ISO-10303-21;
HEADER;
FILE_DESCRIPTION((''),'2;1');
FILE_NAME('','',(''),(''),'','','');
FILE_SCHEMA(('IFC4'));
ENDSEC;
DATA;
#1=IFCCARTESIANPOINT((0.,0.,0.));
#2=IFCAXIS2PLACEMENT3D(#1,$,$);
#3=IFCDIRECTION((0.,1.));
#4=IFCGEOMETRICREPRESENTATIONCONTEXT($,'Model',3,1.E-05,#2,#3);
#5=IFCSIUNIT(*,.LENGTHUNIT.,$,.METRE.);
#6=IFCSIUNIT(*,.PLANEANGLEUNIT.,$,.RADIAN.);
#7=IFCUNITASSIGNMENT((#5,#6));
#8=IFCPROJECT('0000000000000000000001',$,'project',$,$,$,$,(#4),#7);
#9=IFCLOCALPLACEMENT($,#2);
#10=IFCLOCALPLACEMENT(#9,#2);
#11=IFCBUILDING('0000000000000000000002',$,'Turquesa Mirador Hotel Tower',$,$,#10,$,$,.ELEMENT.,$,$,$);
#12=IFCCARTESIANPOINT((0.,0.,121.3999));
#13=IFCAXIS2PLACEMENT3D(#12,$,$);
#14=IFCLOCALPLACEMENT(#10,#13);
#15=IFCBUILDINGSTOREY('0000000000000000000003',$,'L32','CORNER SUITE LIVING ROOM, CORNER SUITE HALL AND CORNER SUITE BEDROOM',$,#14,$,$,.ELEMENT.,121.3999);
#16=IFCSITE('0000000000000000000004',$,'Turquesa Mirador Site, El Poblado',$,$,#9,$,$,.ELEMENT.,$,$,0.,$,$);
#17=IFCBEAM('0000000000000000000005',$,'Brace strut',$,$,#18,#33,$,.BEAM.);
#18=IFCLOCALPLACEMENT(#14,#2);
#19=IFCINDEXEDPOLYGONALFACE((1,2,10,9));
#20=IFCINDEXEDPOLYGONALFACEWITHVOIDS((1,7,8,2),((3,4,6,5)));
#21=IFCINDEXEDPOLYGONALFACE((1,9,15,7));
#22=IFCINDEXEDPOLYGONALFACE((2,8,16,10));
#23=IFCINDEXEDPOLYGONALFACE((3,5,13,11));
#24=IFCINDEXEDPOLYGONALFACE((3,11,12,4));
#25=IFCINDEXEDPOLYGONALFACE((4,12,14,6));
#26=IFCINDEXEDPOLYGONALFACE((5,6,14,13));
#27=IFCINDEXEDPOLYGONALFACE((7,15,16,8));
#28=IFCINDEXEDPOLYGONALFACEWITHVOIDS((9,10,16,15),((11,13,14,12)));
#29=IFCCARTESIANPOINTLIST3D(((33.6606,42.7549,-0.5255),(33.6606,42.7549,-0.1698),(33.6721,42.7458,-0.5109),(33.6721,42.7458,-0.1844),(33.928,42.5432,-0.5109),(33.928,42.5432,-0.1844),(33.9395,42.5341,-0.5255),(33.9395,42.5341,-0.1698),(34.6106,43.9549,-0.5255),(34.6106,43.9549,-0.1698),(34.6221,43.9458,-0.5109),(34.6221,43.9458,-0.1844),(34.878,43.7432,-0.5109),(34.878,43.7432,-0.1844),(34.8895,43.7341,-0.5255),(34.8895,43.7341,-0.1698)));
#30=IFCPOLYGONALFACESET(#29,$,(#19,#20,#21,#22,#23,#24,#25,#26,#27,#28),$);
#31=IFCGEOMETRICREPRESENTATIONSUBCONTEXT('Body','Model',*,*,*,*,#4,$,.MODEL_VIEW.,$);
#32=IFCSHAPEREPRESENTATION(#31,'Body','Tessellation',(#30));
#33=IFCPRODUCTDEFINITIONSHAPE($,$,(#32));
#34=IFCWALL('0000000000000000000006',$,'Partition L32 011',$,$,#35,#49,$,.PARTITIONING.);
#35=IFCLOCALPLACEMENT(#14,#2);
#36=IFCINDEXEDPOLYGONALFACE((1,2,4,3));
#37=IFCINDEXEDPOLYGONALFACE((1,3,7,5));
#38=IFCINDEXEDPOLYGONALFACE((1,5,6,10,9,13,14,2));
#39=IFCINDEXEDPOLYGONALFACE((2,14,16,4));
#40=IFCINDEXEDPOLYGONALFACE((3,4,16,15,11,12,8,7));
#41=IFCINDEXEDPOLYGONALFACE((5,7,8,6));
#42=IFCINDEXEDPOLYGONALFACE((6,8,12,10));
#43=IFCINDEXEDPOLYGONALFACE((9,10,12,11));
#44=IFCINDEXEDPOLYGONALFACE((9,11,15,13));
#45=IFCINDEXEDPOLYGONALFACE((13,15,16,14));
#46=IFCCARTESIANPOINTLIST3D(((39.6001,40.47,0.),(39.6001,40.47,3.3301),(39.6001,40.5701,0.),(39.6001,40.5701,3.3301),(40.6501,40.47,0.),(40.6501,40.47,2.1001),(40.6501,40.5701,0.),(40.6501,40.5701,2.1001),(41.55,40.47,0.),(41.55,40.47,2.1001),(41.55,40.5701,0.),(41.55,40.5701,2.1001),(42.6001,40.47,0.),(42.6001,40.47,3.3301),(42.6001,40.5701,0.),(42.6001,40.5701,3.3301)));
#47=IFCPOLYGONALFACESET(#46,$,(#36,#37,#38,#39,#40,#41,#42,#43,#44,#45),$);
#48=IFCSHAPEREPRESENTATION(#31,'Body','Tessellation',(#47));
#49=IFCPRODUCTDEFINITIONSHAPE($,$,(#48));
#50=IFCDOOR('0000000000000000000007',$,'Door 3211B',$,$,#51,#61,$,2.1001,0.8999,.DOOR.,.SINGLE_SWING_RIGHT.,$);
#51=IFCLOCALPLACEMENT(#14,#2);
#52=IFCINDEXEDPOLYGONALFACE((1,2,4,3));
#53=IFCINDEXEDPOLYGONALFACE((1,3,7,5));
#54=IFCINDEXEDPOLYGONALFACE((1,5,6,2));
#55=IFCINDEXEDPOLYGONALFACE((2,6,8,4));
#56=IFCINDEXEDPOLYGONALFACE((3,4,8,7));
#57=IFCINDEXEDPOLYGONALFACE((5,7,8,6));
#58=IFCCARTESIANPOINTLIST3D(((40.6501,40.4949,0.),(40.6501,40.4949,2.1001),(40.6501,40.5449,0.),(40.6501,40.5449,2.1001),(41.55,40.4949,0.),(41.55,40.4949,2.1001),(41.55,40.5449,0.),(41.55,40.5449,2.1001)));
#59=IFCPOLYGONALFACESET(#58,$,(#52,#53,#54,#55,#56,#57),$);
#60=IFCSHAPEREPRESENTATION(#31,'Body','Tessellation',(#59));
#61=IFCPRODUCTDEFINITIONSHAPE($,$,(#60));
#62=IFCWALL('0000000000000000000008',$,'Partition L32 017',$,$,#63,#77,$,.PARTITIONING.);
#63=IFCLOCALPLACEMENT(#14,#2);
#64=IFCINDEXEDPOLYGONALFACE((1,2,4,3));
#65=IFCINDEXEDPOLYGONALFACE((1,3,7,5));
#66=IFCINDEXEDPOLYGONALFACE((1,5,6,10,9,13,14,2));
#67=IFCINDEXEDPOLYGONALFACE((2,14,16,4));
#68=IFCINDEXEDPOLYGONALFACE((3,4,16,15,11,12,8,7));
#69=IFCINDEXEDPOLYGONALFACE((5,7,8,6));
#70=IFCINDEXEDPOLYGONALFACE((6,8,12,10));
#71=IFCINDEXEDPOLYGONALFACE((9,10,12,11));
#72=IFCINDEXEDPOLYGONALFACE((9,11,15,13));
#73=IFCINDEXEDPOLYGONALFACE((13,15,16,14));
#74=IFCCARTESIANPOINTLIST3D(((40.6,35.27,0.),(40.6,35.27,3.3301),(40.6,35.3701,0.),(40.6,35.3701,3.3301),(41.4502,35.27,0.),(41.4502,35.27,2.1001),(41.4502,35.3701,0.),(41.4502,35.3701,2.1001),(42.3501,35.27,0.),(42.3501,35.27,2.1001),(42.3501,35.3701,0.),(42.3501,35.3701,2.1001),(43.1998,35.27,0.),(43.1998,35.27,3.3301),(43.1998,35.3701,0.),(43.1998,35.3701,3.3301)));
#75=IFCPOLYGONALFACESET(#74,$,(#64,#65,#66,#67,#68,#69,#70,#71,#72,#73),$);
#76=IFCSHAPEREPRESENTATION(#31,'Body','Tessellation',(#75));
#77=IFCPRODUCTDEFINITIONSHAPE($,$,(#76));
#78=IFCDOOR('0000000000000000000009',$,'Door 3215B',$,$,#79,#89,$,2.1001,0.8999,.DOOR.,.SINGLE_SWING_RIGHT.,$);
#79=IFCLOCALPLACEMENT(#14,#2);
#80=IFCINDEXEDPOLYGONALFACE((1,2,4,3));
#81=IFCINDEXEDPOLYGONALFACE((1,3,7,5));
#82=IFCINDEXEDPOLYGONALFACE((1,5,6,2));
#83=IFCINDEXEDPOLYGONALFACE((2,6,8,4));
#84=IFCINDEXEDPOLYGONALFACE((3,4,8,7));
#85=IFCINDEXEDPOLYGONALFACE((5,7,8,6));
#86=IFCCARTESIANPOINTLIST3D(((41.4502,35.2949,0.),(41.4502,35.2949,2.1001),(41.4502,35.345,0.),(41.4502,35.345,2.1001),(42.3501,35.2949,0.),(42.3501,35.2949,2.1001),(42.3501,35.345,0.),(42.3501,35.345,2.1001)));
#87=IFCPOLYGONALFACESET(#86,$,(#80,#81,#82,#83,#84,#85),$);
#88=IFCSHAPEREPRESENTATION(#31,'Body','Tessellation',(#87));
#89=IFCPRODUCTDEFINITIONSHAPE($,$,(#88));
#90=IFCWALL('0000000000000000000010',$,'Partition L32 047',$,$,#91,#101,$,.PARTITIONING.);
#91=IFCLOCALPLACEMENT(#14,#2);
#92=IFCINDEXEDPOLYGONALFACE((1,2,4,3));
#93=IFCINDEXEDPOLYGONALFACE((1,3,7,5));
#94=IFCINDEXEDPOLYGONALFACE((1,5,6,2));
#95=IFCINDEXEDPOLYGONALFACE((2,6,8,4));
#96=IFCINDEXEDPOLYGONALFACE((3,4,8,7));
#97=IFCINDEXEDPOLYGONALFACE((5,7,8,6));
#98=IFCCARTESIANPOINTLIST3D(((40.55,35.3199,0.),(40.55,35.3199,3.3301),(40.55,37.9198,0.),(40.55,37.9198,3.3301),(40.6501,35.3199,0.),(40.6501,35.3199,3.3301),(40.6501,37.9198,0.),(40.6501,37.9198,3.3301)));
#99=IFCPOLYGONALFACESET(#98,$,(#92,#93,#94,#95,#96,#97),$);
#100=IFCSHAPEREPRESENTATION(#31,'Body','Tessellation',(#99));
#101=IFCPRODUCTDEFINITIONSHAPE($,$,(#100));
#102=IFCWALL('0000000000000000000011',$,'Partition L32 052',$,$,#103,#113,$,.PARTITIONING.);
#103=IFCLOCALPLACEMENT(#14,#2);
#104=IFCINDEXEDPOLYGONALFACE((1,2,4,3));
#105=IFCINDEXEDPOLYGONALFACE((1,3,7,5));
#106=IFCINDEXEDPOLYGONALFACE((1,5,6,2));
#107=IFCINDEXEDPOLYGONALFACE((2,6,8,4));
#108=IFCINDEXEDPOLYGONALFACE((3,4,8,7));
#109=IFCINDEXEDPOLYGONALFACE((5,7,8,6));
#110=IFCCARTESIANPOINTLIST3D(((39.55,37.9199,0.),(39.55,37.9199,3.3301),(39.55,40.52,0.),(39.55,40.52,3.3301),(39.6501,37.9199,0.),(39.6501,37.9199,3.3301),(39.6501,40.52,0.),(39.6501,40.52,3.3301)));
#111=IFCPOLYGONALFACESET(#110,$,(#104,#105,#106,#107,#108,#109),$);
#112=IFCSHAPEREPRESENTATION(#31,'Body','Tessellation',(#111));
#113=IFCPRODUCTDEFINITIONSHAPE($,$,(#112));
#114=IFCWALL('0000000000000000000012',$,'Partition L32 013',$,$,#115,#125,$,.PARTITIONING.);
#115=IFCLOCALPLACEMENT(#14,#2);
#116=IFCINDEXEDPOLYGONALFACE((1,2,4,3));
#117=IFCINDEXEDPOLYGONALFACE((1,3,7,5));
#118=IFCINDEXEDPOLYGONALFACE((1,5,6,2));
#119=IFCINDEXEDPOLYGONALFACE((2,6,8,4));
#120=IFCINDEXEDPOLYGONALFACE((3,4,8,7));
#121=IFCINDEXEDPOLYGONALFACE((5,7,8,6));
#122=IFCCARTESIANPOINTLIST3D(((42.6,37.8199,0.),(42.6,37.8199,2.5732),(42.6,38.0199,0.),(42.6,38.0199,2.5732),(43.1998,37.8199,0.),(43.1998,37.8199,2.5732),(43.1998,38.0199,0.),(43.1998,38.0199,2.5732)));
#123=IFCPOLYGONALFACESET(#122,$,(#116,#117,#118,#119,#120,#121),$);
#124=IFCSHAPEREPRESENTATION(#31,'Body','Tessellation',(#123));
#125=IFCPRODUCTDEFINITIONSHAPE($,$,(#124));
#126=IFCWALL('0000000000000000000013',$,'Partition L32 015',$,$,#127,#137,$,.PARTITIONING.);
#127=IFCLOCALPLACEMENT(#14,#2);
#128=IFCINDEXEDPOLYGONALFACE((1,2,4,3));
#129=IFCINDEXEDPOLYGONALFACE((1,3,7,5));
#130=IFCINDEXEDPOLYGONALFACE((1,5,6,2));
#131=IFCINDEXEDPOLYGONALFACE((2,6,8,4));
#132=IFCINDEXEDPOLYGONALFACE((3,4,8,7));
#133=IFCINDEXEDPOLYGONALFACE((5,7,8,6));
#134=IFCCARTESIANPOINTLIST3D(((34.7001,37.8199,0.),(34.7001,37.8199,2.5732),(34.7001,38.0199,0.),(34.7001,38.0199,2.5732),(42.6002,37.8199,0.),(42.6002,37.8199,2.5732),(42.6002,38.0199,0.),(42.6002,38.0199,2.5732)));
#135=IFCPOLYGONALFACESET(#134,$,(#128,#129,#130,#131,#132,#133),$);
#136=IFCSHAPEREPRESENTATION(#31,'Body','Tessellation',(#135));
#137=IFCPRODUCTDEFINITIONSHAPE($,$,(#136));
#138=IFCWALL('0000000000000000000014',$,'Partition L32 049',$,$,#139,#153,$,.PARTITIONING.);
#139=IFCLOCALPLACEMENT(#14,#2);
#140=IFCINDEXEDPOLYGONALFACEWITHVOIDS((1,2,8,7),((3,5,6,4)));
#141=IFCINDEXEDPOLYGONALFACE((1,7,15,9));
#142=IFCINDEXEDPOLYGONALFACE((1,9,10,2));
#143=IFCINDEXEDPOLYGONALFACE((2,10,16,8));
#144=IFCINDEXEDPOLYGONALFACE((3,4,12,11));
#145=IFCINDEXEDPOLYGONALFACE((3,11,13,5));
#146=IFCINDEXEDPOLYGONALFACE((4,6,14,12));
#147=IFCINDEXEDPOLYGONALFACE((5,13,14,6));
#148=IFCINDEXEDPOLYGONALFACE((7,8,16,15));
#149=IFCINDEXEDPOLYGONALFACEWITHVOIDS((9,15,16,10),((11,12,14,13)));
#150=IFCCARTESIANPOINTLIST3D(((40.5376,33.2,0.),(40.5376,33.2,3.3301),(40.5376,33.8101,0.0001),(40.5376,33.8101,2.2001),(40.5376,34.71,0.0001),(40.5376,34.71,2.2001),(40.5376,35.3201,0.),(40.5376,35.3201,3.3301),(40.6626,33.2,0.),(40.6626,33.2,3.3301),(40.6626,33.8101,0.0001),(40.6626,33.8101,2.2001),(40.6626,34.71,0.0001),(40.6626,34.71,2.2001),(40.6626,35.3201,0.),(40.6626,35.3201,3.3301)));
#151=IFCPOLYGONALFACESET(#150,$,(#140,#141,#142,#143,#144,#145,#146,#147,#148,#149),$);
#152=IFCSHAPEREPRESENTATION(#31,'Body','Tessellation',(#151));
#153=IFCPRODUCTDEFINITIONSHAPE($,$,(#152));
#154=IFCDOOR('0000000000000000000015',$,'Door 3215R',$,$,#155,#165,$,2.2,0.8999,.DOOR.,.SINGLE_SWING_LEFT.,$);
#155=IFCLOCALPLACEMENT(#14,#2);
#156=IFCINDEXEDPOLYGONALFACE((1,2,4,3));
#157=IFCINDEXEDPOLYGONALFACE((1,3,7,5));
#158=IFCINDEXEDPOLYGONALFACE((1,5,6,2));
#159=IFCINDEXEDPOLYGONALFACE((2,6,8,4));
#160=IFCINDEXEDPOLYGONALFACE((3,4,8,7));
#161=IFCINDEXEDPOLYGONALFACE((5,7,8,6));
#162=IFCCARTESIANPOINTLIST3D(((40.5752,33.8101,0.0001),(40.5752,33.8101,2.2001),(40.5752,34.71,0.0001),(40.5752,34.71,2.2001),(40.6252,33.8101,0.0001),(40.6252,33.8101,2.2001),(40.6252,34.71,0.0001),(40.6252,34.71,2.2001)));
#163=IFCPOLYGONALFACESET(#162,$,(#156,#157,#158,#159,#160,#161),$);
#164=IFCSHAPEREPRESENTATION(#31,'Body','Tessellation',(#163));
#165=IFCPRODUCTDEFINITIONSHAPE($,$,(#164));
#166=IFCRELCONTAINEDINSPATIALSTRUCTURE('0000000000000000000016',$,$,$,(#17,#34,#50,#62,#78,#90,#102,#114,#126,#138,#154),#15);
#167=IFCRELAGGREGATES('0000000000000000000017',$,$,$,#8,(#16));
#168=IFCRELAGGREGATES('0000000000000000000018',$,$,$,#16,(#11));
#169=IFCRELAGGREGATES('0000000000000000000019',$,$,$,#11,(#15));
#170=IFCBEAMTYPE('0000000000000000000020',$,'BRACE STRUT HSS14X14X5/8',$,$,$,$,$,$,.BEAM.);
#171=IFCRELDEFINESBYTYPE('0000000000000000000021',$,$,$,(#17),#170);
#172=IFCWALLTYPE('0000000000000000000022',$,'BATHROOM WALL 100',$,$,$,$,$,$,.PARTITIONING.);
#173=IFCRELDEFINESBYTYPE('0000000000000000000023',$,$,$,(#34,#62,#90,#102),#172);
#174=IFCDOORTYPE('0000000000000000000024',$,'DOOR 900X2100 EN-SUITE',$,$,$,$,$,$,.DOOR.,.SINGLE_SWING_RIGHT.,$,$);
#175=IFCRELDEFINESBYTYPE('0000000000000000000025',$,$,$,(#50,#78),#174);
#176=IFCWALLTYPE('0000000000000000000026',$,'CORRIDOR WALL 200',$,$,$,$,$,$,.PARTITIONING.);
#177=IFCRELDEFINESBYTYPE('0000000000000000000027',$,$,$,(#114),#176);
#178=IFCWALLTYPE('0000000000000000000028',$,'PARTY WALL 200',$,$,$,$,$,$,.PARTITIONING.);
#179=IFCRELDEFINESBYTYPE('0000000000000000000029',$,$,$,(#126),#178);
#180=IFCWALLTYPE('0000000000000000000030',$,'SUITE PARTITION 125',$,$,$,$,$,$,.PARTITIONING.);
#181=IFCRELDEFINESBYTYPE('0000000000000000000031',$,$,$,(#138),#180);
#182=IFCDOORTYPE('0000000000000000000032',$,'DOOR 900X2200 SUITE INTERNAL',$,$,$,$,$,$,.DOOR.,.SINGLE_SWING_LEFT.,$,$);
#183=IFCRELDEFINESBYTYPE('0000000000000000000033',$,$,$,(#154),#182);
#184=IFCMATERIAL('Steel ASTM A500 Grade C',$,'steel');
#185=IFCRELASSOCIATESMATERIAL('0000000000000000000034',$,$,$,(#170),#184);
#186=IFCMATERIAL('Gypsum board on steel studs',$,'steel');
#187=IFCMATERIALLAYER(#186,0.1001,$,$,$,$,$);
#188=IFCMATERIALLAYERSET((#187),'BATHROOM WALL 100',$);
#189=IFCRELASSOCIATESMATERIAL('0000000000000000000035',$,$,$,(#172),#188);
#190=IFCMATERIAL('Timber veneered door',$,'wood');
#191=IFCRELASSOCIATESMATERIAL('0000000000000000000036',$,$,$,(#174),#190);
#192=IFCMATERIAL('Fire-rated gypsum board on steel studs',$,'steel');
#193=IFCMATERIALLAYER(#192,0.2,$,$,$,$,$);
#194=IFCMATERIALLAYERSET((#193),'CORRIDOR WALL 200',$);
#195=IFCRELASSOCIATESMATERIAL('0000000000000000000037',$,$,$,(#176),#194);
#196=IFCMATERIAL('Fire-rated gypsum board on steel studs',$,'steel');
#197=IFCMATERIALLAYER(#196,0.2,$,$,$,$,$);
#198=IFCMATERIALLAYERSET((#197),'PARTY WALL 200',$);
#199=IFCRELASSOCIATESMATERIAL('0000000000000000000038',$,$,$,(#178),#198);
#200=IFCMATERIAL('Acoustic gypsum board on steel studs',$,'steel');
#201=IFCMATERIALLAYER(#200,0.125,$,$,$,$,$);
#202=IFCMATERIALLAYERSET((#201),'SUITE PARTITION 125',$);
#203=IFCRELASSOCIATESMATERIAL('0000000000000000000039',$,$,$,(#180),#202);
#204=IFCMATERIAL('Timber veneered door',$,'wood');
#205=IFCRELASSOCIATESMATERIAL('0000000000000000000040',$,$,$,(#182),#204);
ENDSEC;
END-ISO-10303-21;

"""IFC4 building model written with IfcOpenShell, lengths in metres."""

from ifc_helpers import new_model, si_unit, direction, frame, frame_2d, origin, origin_2d, place, context, subcontext, project, spatial, rectangle, hollow_rectangle, extrude, material, layer, layer_set, material_profile, profile_set, type_object, element, fill, save


model = new_model("IFC4")

# Units and contexts
model_context = context("Model", 3, precision=1e-05, world=origin(), true_north=direction((0.0, 1.0)))
body_context = subcontext(model_context, "Body", "Model", "MODEL_VIEW")
ifc_project = project(units=[si_unit("LENGTHUNIT", "METRE"), si_unit("PLANEANGLEUNIT", "RADIAN")], contexts=[model_context])

# Site, building, storey
site_placement = place(None, origin())
site = spatial("IfcSite", under=ifc_project, at=site_placement, Name="Turquesa Mirador Site, El Poblado", CompositionType="ELEMENT", RefElevation=0.0)
building_placement = place(site_placement, origin())
building = spatial("IfcBuilding", under=site, at=building_placement, Name="Turquesa Mirador Hotel Tower", CompositionType="ELEMENT")
storey_placement = place(building_placement, frame((0.0, 0.0, 121.3999)))
storey = spatial("IfcBuildingStorey", under=building, at=storey_placement, Name="L32", Description="CORNER SUITE LIVING ROOM, CORNER SUITE HALL AND CORNER SUITE BEDROOM", CompositionType="ELEMENT", Elevation=121.3999)

# Beam
ifc_material_1 = material(Name="Steel ASTM A500 Grade C", Category="steel")
ifc_material_profile_1 = material_profile(ifc_material_1, hollow_rectangle(XDim=0.3557, YDim=0.3557, WallThickness=0.0146, at=origin_2d()), Name="HSS14X14X5/8")
ifc_profile_set_1 = profile_set([ifc_material_profile_1], Name="Steel ASTM A500 Grade C")
beam_type_1 = type_object("IfcBeamType", Name="BRACE STRUT HSS14X14X5/8", PredefinedType="BEAM", material=ifc_profile_set_1)
beam_1_placement = place(storey_placement, frame((33.8, 42.6445, -0.3477), z_axis=(0.620699, 0.784049, 0.0), x_axis=(-0.784049, 0.620699, 0.0)))
element("IfcBeam", 1, at=beam_1_placement, inside=storey, type_object=beam_type_1, Name="Brace strut", PredefinedType="BEAM", context=body_context, shape_type="SweptSolid", body=[
    extrude(hollow_rectangle(XDim=0.3557, YDim=0.3557, WallThickness=0.0146, at=origin_2d()), origin(), (0.0, 0.0, 1.0), 1.5305),
])

# Walls, openings, doors
ifc_material_2 = material(Name="Gypsum board on steel studs", Category="steel")
ifc_layer_1 = layer(ifc_material_2, 0.1001)
ifc_layer_set_1 = layer_set([ifc_layer_1], Name="BATHROOM WALL 100")
wall_type_1 = type_object("IfcWallType", Name="BATHROOM WALL 100", PredefinedType="PARTITIONING", material=ifc_layer_set_1)
wall_1_placement = place(storey_placement, frame((39.6001, 40.52, 0.0), z_axis=(0.0, 0.0, 1.0), x_axis=(1.0, 0.0, 0.0)))
wall_1 = element("IfcWall", 2, at=wall_1_placement, inside=storey, type_object=wall_type_1, Name="Partition L32 011", PredefinedType="PARTITIONING", context=body_context, shape_type="SweptSolid", body=[
    extrude(rectangle(XDim=3.0, YDim=0.1001, at=frame_2d((1.5, 0.0))), origin(), (0.0, 0.0, 1.0), 3.3301),
])
opening_1_placement = place(wall_1_placement, frame((1.05, 0.0, 0.0)))
opening_1 = element("IfcOpeningElement", 3, at=opening_1_placement, cuts=wall_1, PredefinedType="OPENING", context=body_context, shape_type="SweptSolid", body=[
    extrude(rectangle(XDim=0.8999, YDim=2.1001, at=frame_2d((0.45, 1.05))), frame((0.0, 0.0601, 0.0), z_axis=(0.0, -1.0, 0.0), x_axis=(1.0, 0.0, 0.0)), (0.0, 0.0, 1.0), 0.1201),
])
ifc_material_3 = material(Name="Timber veneered door", Category="wood")
door_type_1 = type_object("IfcDoorType", Name="DOOR 900X2100 EN-SUITE", OperationType="SINGLE_SWING_RIGHT", PredefinedType="DOOR", material=ifc_material_3)
door_1_placement = place(opening_1_placement, origin())
door_1 = element("IfcDoor", 4, at=door_1_placement, inside=storey, type_object=door_type_1, Name="Door 3211B", OperationType="SINGLE_SWING_RIGHT", OverallHeight=2.1001, OverallWidth=0.8999, PredefinedType="DOOR", context=body_context, shape_type="SweptSolid", body=[
    extrude(rectangle(XDim=0.8999, YDim=2.1001, at=frame_2d((0.45, 1.05))), frame((0.0, 0.0249, 0.0), z_axis=(0.0, -1.0, 0.0), x_axis=(1.0, 0.0, 0.0)), (0.0, 0.0, 1.0), 0.05),
])
fill(opening_1, door_1)
wall_2_placement = place(storey_placement, frame((40.6001, 35.3201, 0.0), z_axis=(0.0, 0.0, 1.0), x_axis=(1.0, 0.0, 0.0)))
wall_2 = element("IfcWall", 5, at=wall_2_placement, inside=storey, type_object=wall_type_1, Name="Partition L32 017", PredefinedType="PARTITIONING", context=body_context, shape_type="SweptSolid", body=[
    extrude(rectangle(XDim=2.5999, YDim=0.1001, at=frame_2d((1.2998, 0.0))), origin(), (0.0, 0.0, 1.0), 3.3301),
])
opening_2_placement = place(wall_2_placement, frame((0.8501, 0.0, 0.0)))
opening_2 = element("IfcOpeningElement", 6, at=opening_2_placement, cuts=wall_2, PredefinedType="OPENING", context=body_context, shape_type="SweptSolid", body=[
    extrude(rectangle(XDim=0.8999, YDim=2.1001, at=frame_2d((0.45, 1.05))), frame((0.0, 0.0601, 0.0), z_axis=(0.0, -1.0, 0.0), x_axis=(1.0, 0.0, 0.0)), (0.0, 0.0, 1.0), 0.1201),
])
door_2_placement = place(opening_2_placement, origin())
door_2 = element("IfcDoor", 7, at=door_2_placement, inside=storey, type_object=door_type_1, Name="Door 3215B", OperationType="SINGLE_SWING_RIGHT", OverallHeight=2.1001, OverallWidth=0.8999, PredefinedType="DOOR", context=body_context, shape_type="SweptSolid", body=[
    extrude(rectangle(XDim=0.8999, YDim=2.1001, at=frame_2d((0.45, 1.05))), frame((0.0, 0.0249, 0.0), z_axis=(0.0, -1.0, 0.0), x_axis=(1.0, 0.0, 0.0)), (0.0, 0.0, 1.0), 0.05),
])
fill(opening_2, door_2)

# Walls
wall_3_placement = place(storey_placement, frame((40.6001, 35.3201, 0.0), z_axis=(0.0, 0.0, 1.0), x_axis=(0.0, 1.0, 0.0)))
element("IfcWall", 8, at=wall_3_placement, inside=storey, type_object=wall_type_1, Name="Partition L32 047", PredefinedType="PARTITIONING", context=body_context, shape_type="SweptSolid", body=[
    extrude(rectangle(XDim=2.5999, YDim=0.1001, at=frame_2d((1.2998, 0.0))), origin(), (0.0, 0.0, 1.0), 3.3301),
])
wall_4_placement = place(storey_placement, frame((39.6001, 37.9199, 0.0), z_axis=(0.0, 0.0, 1.0), x_axis=(0.0, 1.0, 0.0)))
element("IfcWall", 9, at=wall_4_placement, inside=storey, type_object=wall_type_1, Name="Partition L32 052", PredefinedType="PARTITIONING", context=body_context, shape_type="SweptSolid", body=[
    extrude(rectangle(XDim=2.6001, YDim=0.1001, at=frame_2d((1.3, 0.0))), origin(), (0.0, 0.0, 1.0), 3.3301),
])
ifc_material_4 = material(Name="Fire-rated gypsum board on steel studs", Category="steel")
ifc_layer_2 = layer(ifc_material_4, 0.2)
ifc_layer_set_2 = layer_set([ifc_layer_2], Name="CORRIDOR WALL 200")
wall_type_2 = type_object("IfcWallType", Name="CORRIDOR WALL 200", PredefinedType="PARTITIONING", material=ifc_layer_set_2)
wall_5_placement = place(storey_placement, frame((42.6001, 37.9199, 0.0), z_axis=(0.0, 0.0, 1.0), x_axis=(1.0, 0.0, 0.0)))
element("IfcWall", 10, at=wall_5_placement, inside=storey, type_object=wall_type_2, Name="Partition L32 013", PredefinedType="PARTITIONING", context=body_context, shape_type="SweptSolid", body=[
    extrude(rectangle(XDim=0.5999, YDim=0.2, at=frame_2d((0.2998, 0.0))), origin(), (0.0, 0.0, 1.0), 2.5732),
])
ifc_material_5 = material(Name="Fire-rated gypsum board on steel studs", Category="steel")
ifc_layer_3 = layer(ifc_material_5, 0.2)
ifc_layer_set_3 = layer_set([ifc_layer_3], Name="PARTY WALL 200")
wall_type_3 = type_object("IfcWallType", Name="PARTY WALL 200", PredefinedType="PARTITIONING", material=ifc_layer_set_3)
wall_6_placement = place(storey_placement, frame((34.7, 37.9199, 0.0), z_axis=(0.0, 0.0, 1.0), x_axis=(1.0, 0.0, 0.0)))
element("IfcWall", 11, at=wall_6_placement, inside=storey, type_object=wall_type_3, Name="Partition L32 015", PredefinedType="PARTITIONING", context=body_context, shape_type="SweptSolid", body=[
    extrude(rectangle(XDim=7.9001, YDim=0.2, at=frame_2d((3.9502, 0.0))), origin(), (0.0, 0.0, 1.0), 2.5732),
])

# Wall, opening, door
ifc_material_6 = material(Name="Acoustic gypsum board on steel studs", Category="steel")
ifc_layer_4 = layer(ifc_material_6, 0.125)
ifc_layer_set_4 = layer_set([ifc_layer_4], Name="SUITE PARTITION 125")
wall_type_4 = type_object("IfcWallType", Name="SUITE PARTITION 125", PredefinedType="PARTITIONING", material=ifc_layer_set_4)
wall_7_placement = place(storey_placement, frame((40.6001, 33.2, 0.0), z_axis=(0.0, 0.0, 1.0), x_axis=(0.0, 1.0, 0.0)))
wall_7 = element("IfcWall", 12, at=wall_7_placement, inside=storey, type_object=wall_type_4, Name="Partition L32 049", PredefinedType="PARTITIONING", context=body_context, shape_type="SweptSolid", body=[
    extrude(rectangle(XDim=2.1201, YDim=0.125, at=frame_2d((1.0601, 0.0))), origin(), (0.0, 0.0, 1.0), 3.3301),
])
opening_3_placement = place(wall_7_placement, frame((0.6101, 0.0, 0.0)))
opening_3 = element("IfcOpeningElement", 13, at=opening_3_placement, cuts=wall_7, PredefinedType="OPENING", context=body_context, shape_type="SweptSolid", body=[
    extrude(rectangle(XDim=0.8999, YDim=2.2, at=frame_2d((0.45, 1.1001))), frame((0.0, 0.0725, 0.0), z_axis=(0.0, -1.0, 0.0), x_axis=(1.0, 0.0, 0.0)), (0.0, 0.0, 1.0), 0.145),
])
ifc_material_7 = material(Name="Timber veneered door", Category="wood")
door_type_2 = type_object("IfcDoorType", Name="DOOR 900X2200 SUITE INTERNAL", OperationType="SINGLE_SWING_LEFT", PredefinedType="DOOR", material=ifc_material_7)
door_3_placement = place(opening_3_placement, origin())
door_3 = element("IfcDoor", 14, at=door_3_placement, inside=storey, type_object=door_type_2, Name="Door 3215R", OperationType="SINGLE_SWING_LEFT", OverallHeight=2.2, OverallWidth=0.8999, PredefinedType="DOOR", context=body_context, shape_type="SweptSolid", body=[
    extrude(rectangle(XDim=0.8999, YDim=2.2, at=frame_2d((0.45, 1.1001))), frame((0.0, 0.0249, 0.0), z_axis=(0.0, -1.0, 0.0), x_axis=(1.0, 0.0, 0.0)), (0.0, 0.0, 1.0), 0.05),
])
fill(opening_3, door_3)

save(model, "model.ifc")
